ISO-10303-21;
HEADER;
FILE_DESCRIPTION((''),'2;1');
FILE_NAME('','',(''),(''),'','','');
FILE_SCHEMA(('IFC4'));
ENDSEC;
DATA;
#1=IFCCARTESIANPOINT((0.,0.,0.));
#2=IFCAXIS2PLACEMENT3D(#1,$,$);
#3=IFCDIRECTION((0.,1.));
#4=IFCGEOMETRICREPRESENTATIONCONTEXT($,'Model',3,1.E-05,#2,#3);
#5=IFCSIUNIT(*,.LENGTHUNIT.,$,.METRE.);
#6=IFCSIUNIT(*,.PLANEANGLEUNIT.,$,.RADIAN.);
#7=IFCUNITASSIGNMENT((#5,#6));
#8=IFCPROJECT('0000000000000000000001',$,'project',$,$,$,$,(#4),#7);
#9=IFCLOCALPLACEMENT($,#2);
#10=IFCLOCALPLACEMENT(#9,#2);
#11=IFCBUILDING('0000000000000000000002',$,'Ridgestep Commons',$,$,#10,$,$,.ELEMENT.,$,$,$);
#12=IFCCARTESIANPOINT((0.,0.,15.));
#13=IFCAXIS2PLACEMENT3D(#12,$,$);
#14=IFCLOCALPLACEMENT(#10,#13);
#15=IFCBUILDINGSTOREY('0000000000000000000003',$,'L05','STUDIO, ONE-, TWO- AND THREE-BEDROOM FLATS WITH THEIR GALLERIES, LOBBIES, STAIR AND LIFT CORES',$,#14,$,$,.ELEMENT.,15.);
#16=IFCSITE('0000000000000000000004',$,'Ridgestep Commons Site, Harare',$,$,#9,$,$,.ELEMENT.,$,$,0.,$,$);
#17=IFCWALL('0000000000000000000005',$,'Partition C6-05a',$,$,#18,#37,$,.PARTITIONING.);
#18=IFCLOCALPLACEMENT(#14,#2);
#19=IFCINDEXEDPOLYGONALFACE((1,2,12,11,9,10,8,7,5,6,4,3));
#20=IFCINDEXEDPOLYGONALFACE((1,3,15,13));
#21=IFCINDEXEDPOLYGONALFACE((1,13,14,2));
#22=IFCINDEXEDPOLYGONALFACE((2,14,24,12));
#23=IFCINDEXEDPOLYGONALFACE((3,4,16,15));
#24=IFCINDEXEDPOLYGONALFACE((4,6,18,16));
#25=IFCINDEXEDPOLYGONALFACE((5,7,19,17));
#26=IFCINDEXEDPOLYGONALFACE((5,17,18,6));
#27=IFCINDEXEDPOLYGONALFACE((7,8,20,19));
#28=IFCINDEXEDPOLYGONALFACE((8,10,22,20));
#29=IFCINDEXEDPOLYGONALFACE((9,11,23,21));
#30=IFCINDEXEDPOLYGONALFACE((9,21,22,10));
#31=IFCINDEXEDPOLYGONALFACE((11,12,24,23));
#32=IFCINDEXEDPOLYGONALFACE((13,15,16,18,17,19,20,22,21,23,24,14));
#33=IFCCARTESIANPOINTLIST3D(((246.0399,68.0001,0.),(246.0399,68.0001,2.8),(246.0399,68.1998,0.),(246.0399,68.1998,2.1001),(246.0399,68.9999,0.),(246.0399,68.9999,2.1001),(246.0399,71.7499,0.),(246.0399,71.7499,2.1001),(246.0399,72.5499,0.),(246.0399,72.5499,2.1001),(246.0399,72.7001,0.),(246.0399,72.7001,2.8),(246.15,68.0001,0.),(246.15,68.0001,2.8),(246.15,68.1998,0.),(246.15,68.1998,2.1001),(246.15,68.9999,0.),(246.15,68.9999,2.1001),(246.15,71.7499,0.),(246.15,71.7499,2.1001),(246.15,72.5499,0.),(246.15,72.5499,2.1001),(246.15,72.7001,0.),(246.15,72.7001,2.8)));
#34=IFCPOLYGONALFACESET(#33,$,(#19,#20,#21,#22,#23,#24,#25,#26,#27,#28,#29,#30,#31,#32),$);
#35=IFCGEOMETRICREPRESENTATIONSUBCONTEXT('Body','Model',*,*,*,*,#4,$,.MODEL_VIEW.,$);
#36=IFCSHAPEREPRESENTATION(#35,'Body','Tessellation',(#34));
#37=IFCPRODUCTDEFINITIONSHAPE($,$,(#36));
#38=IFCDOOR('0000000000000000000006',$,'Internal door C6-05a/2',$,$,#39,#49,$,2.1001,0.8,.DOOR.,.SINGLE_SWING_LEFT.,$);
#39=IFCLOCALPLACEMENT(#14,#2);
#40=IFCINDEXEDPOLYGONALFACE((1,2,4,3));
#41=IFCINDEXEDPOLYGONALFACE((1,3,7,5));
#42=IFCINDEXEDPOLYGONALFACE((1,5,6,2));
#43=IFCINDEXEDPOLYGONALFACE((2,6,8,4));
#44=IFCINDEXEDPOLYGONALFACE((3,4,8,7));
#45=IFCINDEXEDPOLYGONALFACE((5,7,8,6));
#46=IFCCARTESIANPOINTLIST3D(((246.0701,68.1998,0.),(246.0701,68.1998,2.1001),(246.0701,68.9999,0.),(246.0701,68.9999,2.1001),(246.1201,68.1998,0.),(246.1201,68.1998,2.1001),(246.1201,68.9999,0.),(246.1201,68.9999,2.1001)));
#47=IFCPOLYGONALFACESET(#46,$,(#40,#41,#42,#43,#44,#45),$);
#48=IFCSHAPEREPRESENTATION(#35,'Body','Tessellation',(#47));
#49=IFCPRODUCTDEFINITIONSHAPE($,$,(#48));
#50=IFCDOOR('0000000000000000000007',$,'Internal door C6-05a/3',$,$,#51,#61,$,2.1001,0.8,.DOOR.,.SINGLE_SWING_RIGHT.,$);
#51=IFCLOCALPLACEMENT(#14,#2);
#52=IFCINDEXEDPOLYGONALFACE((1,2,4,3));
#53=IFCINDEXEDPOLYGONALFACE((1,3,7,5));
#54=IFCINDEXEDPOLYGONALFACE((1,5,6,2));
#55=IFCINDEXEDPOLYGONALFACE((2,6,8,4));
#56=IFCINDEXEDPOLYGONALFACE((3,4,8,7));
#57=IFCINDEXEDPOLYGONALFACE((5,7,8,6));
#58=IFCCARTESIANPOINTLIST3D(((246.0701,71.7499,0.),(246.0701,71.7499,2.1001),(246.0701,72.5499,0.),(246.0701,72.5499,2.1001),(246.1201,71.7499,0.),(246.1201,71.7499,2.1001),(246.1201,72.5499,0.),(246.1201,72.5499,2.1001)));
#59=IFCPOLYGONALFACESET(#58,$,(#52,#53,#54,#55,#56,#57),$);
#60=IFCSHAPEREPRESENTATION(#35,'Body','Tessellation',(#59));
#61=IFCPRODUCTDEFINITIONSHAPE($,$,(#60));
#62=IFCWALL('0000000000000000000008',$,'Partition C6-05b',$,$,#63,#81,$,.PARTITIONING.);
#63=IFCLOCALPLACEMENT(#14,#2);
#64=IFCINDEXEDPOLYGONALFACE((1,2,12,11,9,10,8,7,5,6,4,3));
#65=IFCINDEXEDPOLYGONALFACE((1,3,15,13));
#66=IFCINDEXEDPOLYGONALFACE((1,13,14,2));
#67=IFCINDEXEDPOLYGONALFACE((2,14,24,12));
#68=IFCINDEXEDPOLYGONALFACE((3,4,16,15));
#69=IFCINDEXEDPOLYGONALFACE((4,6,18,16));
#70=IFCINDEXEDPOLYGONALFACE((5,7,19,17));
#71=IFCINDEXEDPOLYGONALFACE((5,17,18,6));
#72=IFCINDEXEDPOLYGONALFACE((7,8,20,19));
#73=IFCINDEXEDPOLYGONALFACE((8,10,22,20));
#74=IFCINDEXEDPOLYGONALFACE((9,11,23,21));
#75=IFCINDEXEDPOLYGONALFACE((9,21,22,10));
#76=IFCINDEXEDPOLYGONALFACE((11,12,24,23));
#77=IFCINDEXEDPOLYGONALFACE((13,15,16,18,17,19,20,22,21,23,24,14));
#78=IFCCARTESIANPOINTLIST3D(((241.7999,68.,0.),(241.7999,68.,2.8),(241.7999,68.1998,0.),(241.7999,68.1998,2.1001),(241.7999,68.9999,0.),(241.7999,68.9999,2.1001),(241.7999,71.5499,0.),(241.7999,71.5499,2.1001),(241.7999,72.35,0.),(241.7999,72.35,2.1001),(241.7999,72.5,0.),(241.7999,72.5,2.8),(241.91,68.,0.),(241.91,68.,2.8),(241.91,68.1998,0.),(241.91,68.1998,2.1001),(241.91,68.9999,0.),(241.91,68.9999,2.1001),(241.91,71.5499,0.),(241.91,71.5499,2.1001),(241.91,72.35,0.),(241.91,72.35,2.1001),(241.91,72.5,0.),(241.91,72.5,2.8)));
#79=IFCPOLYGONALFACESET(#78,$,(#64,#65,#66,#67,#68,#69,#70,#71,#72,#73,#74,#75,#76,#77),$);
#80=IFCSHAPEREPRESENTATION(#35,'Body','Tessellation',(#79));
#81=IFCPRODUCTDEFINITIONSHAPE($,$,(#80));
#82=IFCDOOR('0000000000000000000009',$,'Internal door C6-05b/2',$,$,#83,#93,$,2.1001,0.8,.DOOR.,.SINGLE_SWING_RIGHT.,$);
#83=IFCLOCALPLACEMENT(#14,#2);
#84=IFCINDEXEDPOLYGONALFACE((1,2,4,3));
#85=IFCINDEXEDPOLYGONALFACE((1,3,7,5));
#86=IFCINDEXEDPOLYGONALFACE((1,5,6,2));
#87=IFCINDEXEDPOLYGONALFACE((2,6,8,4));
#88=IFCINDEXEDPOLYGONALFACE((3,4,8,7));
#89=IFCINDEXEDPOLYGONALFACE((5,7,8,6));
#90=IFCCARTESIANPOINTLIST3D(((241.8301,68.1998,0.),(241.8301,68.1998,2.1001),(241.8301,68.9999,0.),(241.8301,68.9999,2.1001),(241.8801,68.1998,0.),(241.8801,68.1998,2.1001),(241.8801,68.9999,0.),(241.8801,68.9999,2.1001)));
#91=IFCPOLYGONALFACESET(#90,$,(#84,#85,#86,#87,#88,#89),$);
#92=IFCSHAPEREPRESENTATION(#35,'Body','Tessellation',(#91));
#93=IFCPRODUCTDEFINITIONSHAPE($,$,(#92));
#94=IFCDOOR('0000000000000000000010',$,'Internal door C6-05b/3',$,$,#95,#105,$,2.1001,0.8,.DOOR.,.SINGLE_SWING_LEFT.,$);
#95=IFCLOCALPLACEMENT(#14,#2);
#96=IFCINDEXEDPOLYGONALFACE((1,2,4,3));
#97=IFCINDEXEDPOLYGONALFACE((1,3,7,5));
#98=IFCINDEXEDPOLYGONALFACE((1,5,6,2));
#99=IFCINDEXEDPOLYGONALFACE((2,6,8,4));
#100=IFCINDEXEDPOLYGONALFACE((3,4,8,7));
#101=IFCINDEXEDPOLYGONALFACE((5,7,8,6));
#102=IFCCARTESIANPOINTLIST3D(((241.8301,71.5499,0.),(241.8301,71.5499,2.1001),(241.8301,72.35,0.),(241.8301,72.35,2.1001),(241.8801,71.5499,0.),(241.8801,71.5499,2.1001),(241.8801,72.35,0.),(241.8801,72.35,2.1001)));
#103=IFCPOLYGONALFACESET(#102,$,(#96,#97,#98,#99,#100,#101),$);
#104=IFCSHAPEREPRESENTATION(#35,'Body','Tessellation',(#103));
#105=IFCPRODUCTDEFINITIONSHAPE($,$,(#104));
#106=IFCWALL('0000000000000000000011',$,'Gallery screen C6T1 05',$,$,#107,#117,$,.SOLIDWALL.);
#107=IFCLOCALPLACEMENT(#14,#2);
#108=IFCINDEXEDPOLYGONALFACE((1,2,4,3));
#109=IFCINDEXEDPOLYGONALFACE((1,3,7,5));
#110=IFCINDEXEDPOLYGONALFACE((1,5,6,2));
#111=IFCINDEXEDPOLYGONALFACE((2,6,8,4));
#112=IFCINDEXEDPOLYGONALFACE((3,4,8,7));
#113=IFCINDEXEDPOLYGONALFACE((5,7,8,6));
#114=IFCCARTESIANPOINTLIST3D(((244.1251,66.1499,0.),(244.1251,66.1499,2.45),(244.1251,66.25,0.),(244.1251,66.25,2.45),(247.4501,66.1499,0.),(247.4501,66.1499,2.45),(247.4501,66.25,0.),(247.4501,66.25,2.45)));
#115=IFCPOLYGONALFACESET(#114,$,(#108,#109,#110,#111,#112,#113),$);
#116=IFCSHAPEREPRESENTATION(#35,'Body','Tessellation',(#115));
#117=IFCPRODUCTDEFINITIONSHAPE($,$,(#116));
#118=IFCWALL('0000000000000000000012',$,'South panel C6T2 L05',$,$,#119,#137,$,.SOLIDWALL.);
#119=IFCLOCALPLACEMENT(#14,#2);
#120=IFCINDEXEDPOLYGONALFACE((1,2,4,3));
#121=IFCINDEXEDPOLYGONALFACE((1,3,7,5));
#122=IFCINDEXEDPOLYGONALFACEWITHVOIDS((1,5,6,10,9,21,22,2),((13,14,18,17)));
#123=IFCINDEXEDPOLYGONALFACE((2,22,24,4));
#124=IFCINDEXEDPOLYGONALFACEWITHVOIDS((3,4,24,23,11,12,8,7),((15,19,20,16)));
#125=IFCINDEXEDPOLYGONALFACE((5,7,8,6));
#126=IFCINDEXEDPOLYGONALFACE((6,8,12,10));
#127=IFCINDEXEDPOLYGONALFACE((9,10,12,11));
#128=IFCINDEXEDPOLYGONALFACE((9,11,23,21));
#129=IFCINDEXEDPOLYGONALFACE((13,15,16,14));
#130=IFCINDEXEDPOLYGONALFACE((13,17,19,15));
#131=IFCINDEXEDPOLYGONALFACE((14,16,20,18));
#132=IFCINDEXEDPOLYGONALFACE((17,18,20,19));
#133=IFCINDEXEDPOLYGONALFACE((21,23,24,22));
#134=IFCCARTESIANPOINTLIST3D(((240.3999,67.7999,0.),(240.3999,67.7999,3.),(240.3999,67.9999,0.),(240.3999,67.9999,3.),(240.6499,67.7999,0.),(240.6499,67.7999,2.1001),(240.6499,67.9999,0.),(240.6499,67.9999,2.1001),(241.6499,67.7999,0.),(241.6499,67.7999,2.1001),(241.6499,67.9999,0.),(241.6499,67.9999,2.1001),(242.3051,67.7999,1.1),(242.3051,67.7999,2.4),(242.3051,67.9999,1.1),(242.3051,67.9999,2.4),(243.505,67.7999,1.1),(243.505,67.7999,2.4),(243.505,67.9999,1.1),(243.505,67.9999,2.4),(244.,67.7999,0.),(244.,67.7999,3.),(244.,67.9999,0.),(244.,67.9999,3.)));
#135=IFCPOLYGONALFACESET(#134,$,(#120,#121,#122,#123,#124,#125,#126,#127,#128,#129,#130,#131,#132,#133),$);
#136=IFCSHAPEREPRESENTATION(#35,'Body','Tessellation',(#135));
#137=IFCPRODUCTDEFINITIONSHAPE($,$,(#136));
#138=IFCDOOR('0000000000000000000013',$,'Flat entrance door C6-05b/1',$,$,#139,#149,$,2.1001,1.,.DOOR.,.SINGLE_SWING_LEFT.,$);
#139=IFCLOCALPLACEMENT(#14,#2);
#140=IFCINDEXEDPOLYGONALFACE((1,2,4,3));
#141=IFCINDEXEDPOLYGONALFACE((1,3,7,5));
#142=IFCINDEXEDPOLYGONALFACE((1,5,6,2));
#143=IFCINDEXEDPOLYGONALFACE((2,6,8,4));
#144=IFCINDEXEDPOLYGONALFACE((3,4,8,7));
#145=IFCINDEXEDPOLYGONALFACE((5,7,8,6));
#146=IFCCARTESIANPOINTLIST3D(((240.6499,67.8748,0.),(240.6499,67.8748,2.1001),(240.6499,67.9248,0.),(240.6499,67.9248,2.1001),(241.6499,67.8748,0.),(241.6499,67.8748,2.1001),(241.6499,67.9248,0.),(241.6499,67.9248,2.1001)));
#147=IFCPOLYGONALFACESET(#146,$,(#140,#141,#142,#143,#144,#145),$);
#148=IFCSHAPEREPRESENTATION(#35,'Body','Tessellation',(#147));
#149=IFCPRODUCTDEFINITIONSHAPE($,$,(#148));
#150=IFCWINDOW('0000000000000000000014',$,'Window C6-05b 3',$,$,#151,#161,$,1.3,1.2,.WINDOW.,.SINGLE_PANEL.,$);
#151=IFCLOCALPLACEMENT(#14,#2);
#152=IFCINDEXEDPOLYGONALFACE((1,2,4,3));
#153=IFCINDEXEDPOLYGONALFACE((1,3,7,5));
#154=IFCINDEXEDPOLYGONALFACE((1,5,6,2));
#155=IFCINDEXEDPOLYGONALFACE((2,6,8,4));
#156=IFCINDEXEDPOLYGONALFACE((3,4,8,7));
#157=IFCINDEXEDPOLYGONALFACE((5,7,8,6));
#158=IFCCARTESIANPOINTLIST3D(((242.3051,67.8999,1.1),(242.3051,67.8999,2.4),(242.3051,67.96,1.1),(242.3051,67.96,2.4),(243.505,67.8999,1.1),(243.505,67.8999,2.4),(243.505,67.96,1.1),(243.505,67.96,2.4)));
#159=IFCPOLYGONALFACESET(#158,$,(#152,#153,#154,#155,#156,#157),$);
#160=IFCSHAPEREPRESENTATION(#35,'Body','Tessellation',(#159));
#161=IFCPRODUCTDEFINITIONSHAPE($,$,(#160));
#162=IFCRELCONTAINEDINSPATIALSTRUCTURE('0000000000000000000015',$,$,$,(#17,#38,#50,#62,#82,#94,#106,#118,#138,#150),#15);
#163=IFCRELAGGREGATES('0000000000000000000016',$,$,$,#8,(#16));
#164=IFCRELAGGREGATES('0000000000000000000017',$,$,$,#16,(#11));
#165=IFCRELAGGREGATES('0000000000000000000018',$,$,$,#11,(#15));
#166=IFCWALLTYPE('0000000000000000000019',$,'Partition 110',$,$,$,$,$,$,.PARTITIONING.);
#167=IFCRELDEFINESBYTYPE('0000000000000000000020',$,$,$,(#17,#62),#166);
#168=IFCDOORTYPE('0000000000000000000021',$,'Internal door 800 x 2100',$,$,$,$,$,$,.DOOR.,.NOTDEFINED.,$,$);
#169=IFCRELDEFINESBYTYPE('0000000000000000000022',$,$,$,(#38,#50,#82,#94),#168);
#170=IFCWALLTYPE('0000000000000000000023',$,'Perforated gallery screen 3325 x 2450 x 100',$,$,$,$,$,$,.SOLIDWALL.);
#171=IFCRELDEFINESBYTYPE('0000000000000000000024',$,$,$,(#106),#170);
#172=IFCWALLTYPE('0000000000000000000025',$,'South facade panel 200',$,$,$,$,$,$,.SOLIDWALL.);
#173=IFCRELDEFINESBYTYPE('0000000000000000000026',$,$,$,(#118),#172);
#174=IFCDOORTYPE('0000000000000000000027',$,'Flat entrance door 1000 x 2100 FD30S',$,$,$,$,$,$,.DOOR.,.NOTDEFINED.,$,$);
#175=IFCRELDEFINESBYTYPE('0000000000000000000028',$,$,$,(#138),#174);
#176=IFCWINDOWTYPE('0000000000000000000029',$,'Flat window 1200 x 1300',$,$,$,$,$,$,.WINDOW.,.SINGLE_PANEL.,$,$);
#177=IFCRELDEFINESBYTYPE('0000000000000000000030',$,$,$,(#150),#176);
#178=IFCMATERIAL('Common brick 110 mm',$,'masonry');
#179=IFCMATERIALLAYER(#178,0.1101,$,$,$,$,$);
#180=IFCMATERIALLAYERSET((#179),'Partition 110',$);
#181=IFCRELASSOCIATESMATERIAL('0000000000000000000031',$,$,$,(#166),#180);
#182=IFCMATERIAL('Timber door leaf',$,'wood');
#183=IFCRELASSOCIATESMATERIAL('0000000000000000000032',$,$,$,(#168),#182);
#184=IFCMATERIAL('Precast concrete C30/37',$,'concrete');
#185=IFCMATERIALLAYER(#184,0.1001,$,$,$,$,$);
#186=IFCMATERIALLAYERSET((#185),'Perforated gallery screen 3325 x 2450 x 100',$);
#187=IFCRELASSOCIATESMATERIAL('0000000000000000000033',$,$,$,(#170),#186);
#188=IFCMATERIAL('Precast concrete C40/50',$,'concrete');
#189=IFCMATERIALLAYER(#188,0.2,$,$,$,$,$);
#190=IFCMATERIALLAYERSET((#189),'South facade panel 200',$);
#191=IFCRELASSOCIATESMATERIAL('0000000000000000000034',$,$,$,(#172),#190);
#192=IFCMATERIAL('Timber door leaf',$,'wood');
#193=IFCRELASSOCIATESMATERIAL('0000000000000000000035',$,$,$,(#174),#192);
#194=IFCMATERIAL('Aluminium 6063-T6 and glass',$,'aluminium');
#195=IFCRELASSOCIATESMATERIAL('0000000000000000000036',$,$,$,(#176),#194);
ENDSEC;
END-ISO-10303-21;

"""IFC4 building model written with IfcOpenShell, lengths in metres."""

from ifc_helpers import new_model, si_unit, direction, frame, frame_2d, origin, place, context, subcontext, project, spatial, rectangle, extrude, material, layer, layer_set, type_object, element, fill, save


model = new_model("IFC4")

# Units and contexts
model_context = context("Model", 3, precision=1e-05, world=origin(), true_north=direction((0.0, 1.0)))
body_context = subcontext(model_context, "Body", "Model", "MODEL_VIEW")
ifc_project = project(units=[si_unit("LENGTHUNIT", "METRE"), si_unit("PLANEANGLEUNIT", "RADIAN")], contexts=[model_context])

# Site, building, storey
site_placement = place(None, origin())
site = spatial("IfcSite", under=ifc_project, at=site_placement, Name="Ridgestep Commons Site, Harare", CompositionType="ELEMENT", RefElevation=0.0)
building_placement = place(site_placement, origin())
building = spatial("IfcBuilding", under=site, at=building_placement, Name="Ridgestep Commons", CompositionType="ELEMENT")
storey_placement = place(building_placement, frame((0.0, 0.0, 15.0)))
storey = spatial("IfcBuildingStorey", under=building, at=storey_placement, Name="L05", Description="STUDIO, ONE-, TWO- AND THREE-BEDROOM FLATS WITH THEIR GALLERIES, LOBBIES, STAIR AND LIFT CORES", CompositionType="ELEMENT", Elevation=15.0)

# Walls, openings, doors
ifc_material_1 = material(Name="Common brick 110 mm", Category="masonry")
ifc_layer_1 = layer(ifc_material_1, 0.1101)
ifc_layer_set_1 = layer_set([ifc_layer_1], Name="Partition 110")
wall_type_1 = type_object("IfcWallType", Name="Partition 110", PredefinedType="PARTITIONING", material=ifc_layer_set_1)
wall_1_placement = place(storey_placement, frame((246.095, 68.0, 0.0), z_axis=(0.0, 0.0, 1.0), x_axis=(0.0, 1.0, 0.0)))
wall_1 = element("IfcWall", 1, at=wall_1_placement, inside=storey, type_object=wall_type_1, Name="Partition C6-05a", PredefinedType="PARTITIONING", context=body_context, shape_type="SweptSolid", body=[
    extrude(rectangle(XDim=4.7, YDim=0.1101, at=frame_2d((2.3501, 0.0))), origin(), (0.0, 0.0, 1.0), 2.8),
])
opening_1_placement = place(wall_1_placement, frame((0.2, 0.0, 0.0)))
opening_1 = element("IfcOpeningElement", 2, at=opening_1_placement, cuts=wall_1, PredefinedType="OPENING", context=body_context, shape_type="SweptSolid", body=[
    extrude(rectangle(XDim=0.8, YDim=2.1001, at=frame_2d((0.3999, 1.05))), frame((0.0, 0.0649, 0.0), z_axis=(0.0, -1.0, 0.0), x_axis=(1.0, 0.0, 0.0)), (0.0, 0.0, 1.0), 0.1301),
])
opening_2_placement = place(wall_1_placement, frame((3.75, 0.0, 0.0)))
opening_2 = element("IfcOpeningElement", 3, at=opening_2_placement, cuts=wall_1, PredefinedType="OPENING", context=body_context, shape_type="SweptSolid", body=[
    extrude(rectangle(XDim=0.8, YDim=2.1001, at=frame_2d((0.3999, 1.05))), frame((0.0, 0.0649, 0.0), z_axis=(0.0, -1.0, 0.0), x_axis=(1.0, 0.0, 0.0)), (0.0, 0.0, 1.0), 0.1301),
])
ifc_material_2 = material(Name="Timber door leaf", Category="wood")
door_type_1 = type_object("IfcDoorType", Name="Internal door 800 x 2100", OperationType="NOTDEFINED", PredefinedType="DOOR", material=ifc_material_2)
door_1_placement = place(opening_1_placement, origin())
door_1 = element("IfcDoor", 4, at=door_1_placement, inside=storey, type_object=door_type_1, Name="Internal door C6-05a/2", OperationType="SINGLE_SWING_LEFT", OverallHeight=2.1001, OverallWidth=0.8, PredefinedType="DOOR", context=body_context, shape_type="SweptSolid", body=[
    extrude(rectangle(XDim=0.8, YDim=2.1001, at=frame_2d((0.3999, 1.05))), frame((0.0, 0.0249, 0.0), z_axis=(0.0, -1.0, 0.0), x_axis=(1.0, 0.0, 0.0)), (0.0, 0.0, 1.0), 0.05),
])
fill(opening_1, door_1)
door_2_placement = place(opening_2_placement, origin())
door_2 = element("IfcDoor", 5, at=door_2_placement, inside=storey, type_object=door_type_1, Name="Internal door C6-05a/3", OperationType="SINGLE_SWING_RIGHT", OverallHeight=2.1001, OverallWidth=0.8, PredefinedType="DOOR", context=body_context, shape_type="SweptSolid", body=[
    extrude(rectangle(XDim=0.8, YDim=2.1001, at=frame_2d((0.3999, 1.05))), frame((0.0, 0.0249, 0.0), z_axis=(0.0, -1.0, 0.0), x_axis=(1.0, 0.0, 0.0)), (0.0, 0.0, 1.0), 0.05),
])
fill(opening_2, door_2)
wall_2_placement = place(storey_placement, frame((241.855, 68.0, 0.0), z_axis=(0.0, 0.0, 1.0), x_axis=(0.0, 1.0, 0.0)))
wall_2 = element("IfcWall", 6, at=wall_2_placement, inside=storey, type_object=wall_type_1, Name="Partition C6-05b", PredefinedType="PARTITIONING", context=body_context, shape_type="SweptSolid", body=[
    extrude(rectangle(XDim=4.5, YDim=0.1101, at=frame_2d((2.25, 0.0))), origin(), (0.0, 0.0, 1.0), 2.8),
])
opening_3_placement = place(wall_2_placement, frame((0.2, 0.0, 0.0)))
opening_3 = element("IfcOpeningElement", 7, at=opening_3_placement, cuts=wall_2, PredefinedType="OPENING", context=body_context, shape_type="SweptSolid", body=[
    extrude(rectangle(XDim=0.8, YDim=2.1001, at=frame_2d((0.3999, 1.05))), frame((0.0, 0.0649, 0.0), z_axis=(0.0, -1.0, 0.0), x_axis=(1.0, 0.0, 0.0)), (0.0, 0.0, 1.0), 0.1301),
])
opening_4_placement = place(wall_2_placement, frame((3.55, 0.0, 0.0)))
opening_4 = element("IfcOpeningElement", 8, at=opening_4_placement, cuts=wall_2, PredefinedType="OPENING", context=body_context, shape_type="SweptSolid", body=[
    extrude(rectangle(XDim=0.8, YDim=2.1001, at=frame_2d((0.3999, 1.05))), frame((0.0, 0.0649, 0.0), z_axis=(0.0, -1.0, 0.0), x_axis=(1.0, 0.0, 0.0)), (0.0, 0.0, 1.0), 0.1301),
])
door_3_placement = place(opening_3_placement, origin())
door_3 = element("IfcDoor", 9, at=door_3_placement, inside=storey, type_object=door_type_1, Name="Internal door C6-05b/2", OperationType="SINGLE_SWING_RIGHT", OverallHeight=2.1001, OverallWidth=0.8, PredefinedType="DOOR", context=body_context, shape_type="SweptSolid", body=[
    extrude(rectangle(XDim=0.8, YDim=2.1001, at=frame_2d((0.3999, 1.05))), frame((0.0, 0.0249, 0.0), z_axis=(0.0, -1.0, 0.0), x_axis=(1.0, 0.0, 0.0)), (0.0, 0.0, 1.0), 0.05),
])
fill(opening_3, door_3)
door_4_placement = place(opening_4_placement, origin())
door_4 = element("IfcDoor", 10, at=door_4_placement, inside=storey, type_object=door_type_1, Name="Internal door C6-05b/3", OperationType="SINGLE_SWING_LEFT", OverallHeight=2.1001, OverallWidth=0.8, PredefinedType="DOOR", context=body_context, shape_type="SweptSolid", body=[
    extrude(rectangle(XDim=0.8, YDim=2.1001, at=frame_2d((0.3999, 1.05))), frame((0.0, 0.0249, 0.0), z_axis=(0.0, -1.0, 0.0), x_axis=(1.0, 0.0, 0.0)), (0.0, 0.0, 1.0), 0.05),
])
fill(opening_4, door_4)

# Wall
ifc_material_3 = material(Name="Precast concrete C30/37", Category="concrete")
ifc_layer_2 = layer(ifc_material_3, 0.1001)
ifc_layer_set_2 = layer_set([ifc_layer_2], Name="Perforated gallery screen 3325 x 2450 x 100")
wall_type_2 = type_object("IfcWallType", Name="Perforated gallery screen 3325 x 2450 x 100", PredefinedType="SOLIDWALL", material=ifc_layer_set_2)
wall_3_placement = place(storey_placement, frame((244.125, 66.2, 0.0), z_axis=(0.0, 0.0, 1.0), x_axis=(1.0, 0.0, 0.0)))
element("IfcWall", 11, at=wall_3_placement, inside=storey, type_object=wall_type_2, Name="Gallery screen C6T1 05", PredefinedType="SOLIDWALL", context=body_context, shape_type="SweptSolid", body=[
    extrude(rectangle(XDim=3.325, YDim=0.1001, at=frame_2d((1.6626, 0.0))), origin(), (0.0, 0.0, 1.0), 2.45),
])

# Wall, openings, door, window
ifc_material_4 = material(Name="Precast concrete C40/50", Category="concrete")
ifc_layer_3 = layer(ifc_material_4, 0.2)
ifc_layer_set_3 = layer_set([ifc_layer_3], Name="South facade panel 200")
wall_type_3 = type_object("IfcWallType", Name="South facade panel 200", PredefinedType="SOLIDWALL", material=ifc_layer_set_3)
wall_4_placement = place(storey_placement, frame((240.3999, 67.8999, 0.0), z_axis=(0.0, 0.0, 1.0), x_axis=(1.0, 0.0, 0.0)))
wall_4 = element("IfcWall", 12, at=wall_4_placement, inside=storey, type_object=wall_type_3, Name="South panel C6T2 L05", PredefinedType="SOLIDWALL", context=body_context, shape_type="SweptSolid", body=[
    extrude(rectangle(XDim=3.6001, YDim=0.2, at=frame_2d((1.8, 0.0))), origin(), (0.0, 0.0, 1.0), 3.0),
])
opening_5_placement = place(wall_4_placement, frame((1.905, 0.0, 1.1001)))
opening_5 = element("IfcOpeningElement", 13, at=opening_5_placement, cuts=wall_4, PredefinedType="OPENING", context=body_context, shape_type="SweptSolid", body=[
    extrude(rectangle(XDim=1.2, YDim=1.3, at=frame_2d((0.6001, 0.6499))), frame((0.0, 0.1099, 0.0), z_axis=(0.0, -1.0, 0.0), x_axis=(1.0, 0.0, 0.0)), (0.0, 0.0, 1.0), 0.22),
])
opening_6_placement = place(wall_4_placement, frame((0.25, 0.0, 0.0)))
opening_6 = element("IfcOpeningElement", 14, at=opening_6_placement, cuts=wall_4, PredefinedType="OPENING", context=body_context, shape_type="SweptSolid", body=[
    extrude(rectangle(XDim=1.0, YDim=2.1001, at=frame_2d((0.5, 1.05))), frame((0.0, 0.1099, 0.0), z_axis=(0.0, -1.0, 0.0), x_axis=(1.0, 0.0, 0.0)), (0.0, 0.0, 1.0), 0.22),
])
ifc_material_5 = material(Name="Timber door leaf", Category="wood")
door_type_2 = type_object("IfcDoorType", Name="Flat entrance door 1000 x 2100 FD30S", OperationType="NOTDEFINED", PredefinedType="DOOR", material=ifc_material_5)
door_5_placement = place(opening_6_placement, origin())
door_5 = element("IfcDoor", 15, at=door_5_placement, inside=storey, type_object=door_type_2, Name="Flat entrance door C6-05b/1", OperationType="SINGLE_SWING_LEFT", OverallHeight=2.1001, OverallWidth=1.0, PredefinedType="DOOR", context=body_context, shape_type="SweptSolid", body=[
    extrude(rectangle(XDim=1.0, YDim=2.1001, at=frame_2d((0.5, 1.05))), frame((0.0, 0.0249, 0.0), z_axis=(0.0, -1.0, 0.0), x_axis=(1.0, 0.0, 0.0)), (0.0, 0.0, 1.0), 0.05),
])
fill(opening_6, door_5)
ifc_material_6 = material(Name="Aluminium 6063-T6 and glass", Category="aluminium")
window_type_1 = type_object("IfcWindowType", Name="Flat window 1200 x 1300", PartitioningType="SINGLE_PANEL", PredefinedType="WINDOW", material=ifc_material_6)
window_1_placement = place(opening_5_placement, origin())
window_1 = element("IfcWindow", 16, at=window_1_placement, inside=storey, type_object=window_type_1, Name="Window C6-05b 3", OverallHeight=1.3, OverallWidth=1.2, PartitioningType="SINGLE_PANEL", PredefinedType="WINDOW", context=body_context, shape_type="SweptSolid", body=[
    extrude(rectangle(XDim=1.2, YDim=1.3, at=frame_2d((0.6001, 0.6499))), frame((0.0, 0.0601, 0.0), z_axis=(0.0, -1.0, 0.0), x_axis=(1.0, 0.0, 0.0)), (0.0, 0.0, 1.0), 0.0601),
])
fill(opening_5, window_1)

save(model, "model.ifc")
